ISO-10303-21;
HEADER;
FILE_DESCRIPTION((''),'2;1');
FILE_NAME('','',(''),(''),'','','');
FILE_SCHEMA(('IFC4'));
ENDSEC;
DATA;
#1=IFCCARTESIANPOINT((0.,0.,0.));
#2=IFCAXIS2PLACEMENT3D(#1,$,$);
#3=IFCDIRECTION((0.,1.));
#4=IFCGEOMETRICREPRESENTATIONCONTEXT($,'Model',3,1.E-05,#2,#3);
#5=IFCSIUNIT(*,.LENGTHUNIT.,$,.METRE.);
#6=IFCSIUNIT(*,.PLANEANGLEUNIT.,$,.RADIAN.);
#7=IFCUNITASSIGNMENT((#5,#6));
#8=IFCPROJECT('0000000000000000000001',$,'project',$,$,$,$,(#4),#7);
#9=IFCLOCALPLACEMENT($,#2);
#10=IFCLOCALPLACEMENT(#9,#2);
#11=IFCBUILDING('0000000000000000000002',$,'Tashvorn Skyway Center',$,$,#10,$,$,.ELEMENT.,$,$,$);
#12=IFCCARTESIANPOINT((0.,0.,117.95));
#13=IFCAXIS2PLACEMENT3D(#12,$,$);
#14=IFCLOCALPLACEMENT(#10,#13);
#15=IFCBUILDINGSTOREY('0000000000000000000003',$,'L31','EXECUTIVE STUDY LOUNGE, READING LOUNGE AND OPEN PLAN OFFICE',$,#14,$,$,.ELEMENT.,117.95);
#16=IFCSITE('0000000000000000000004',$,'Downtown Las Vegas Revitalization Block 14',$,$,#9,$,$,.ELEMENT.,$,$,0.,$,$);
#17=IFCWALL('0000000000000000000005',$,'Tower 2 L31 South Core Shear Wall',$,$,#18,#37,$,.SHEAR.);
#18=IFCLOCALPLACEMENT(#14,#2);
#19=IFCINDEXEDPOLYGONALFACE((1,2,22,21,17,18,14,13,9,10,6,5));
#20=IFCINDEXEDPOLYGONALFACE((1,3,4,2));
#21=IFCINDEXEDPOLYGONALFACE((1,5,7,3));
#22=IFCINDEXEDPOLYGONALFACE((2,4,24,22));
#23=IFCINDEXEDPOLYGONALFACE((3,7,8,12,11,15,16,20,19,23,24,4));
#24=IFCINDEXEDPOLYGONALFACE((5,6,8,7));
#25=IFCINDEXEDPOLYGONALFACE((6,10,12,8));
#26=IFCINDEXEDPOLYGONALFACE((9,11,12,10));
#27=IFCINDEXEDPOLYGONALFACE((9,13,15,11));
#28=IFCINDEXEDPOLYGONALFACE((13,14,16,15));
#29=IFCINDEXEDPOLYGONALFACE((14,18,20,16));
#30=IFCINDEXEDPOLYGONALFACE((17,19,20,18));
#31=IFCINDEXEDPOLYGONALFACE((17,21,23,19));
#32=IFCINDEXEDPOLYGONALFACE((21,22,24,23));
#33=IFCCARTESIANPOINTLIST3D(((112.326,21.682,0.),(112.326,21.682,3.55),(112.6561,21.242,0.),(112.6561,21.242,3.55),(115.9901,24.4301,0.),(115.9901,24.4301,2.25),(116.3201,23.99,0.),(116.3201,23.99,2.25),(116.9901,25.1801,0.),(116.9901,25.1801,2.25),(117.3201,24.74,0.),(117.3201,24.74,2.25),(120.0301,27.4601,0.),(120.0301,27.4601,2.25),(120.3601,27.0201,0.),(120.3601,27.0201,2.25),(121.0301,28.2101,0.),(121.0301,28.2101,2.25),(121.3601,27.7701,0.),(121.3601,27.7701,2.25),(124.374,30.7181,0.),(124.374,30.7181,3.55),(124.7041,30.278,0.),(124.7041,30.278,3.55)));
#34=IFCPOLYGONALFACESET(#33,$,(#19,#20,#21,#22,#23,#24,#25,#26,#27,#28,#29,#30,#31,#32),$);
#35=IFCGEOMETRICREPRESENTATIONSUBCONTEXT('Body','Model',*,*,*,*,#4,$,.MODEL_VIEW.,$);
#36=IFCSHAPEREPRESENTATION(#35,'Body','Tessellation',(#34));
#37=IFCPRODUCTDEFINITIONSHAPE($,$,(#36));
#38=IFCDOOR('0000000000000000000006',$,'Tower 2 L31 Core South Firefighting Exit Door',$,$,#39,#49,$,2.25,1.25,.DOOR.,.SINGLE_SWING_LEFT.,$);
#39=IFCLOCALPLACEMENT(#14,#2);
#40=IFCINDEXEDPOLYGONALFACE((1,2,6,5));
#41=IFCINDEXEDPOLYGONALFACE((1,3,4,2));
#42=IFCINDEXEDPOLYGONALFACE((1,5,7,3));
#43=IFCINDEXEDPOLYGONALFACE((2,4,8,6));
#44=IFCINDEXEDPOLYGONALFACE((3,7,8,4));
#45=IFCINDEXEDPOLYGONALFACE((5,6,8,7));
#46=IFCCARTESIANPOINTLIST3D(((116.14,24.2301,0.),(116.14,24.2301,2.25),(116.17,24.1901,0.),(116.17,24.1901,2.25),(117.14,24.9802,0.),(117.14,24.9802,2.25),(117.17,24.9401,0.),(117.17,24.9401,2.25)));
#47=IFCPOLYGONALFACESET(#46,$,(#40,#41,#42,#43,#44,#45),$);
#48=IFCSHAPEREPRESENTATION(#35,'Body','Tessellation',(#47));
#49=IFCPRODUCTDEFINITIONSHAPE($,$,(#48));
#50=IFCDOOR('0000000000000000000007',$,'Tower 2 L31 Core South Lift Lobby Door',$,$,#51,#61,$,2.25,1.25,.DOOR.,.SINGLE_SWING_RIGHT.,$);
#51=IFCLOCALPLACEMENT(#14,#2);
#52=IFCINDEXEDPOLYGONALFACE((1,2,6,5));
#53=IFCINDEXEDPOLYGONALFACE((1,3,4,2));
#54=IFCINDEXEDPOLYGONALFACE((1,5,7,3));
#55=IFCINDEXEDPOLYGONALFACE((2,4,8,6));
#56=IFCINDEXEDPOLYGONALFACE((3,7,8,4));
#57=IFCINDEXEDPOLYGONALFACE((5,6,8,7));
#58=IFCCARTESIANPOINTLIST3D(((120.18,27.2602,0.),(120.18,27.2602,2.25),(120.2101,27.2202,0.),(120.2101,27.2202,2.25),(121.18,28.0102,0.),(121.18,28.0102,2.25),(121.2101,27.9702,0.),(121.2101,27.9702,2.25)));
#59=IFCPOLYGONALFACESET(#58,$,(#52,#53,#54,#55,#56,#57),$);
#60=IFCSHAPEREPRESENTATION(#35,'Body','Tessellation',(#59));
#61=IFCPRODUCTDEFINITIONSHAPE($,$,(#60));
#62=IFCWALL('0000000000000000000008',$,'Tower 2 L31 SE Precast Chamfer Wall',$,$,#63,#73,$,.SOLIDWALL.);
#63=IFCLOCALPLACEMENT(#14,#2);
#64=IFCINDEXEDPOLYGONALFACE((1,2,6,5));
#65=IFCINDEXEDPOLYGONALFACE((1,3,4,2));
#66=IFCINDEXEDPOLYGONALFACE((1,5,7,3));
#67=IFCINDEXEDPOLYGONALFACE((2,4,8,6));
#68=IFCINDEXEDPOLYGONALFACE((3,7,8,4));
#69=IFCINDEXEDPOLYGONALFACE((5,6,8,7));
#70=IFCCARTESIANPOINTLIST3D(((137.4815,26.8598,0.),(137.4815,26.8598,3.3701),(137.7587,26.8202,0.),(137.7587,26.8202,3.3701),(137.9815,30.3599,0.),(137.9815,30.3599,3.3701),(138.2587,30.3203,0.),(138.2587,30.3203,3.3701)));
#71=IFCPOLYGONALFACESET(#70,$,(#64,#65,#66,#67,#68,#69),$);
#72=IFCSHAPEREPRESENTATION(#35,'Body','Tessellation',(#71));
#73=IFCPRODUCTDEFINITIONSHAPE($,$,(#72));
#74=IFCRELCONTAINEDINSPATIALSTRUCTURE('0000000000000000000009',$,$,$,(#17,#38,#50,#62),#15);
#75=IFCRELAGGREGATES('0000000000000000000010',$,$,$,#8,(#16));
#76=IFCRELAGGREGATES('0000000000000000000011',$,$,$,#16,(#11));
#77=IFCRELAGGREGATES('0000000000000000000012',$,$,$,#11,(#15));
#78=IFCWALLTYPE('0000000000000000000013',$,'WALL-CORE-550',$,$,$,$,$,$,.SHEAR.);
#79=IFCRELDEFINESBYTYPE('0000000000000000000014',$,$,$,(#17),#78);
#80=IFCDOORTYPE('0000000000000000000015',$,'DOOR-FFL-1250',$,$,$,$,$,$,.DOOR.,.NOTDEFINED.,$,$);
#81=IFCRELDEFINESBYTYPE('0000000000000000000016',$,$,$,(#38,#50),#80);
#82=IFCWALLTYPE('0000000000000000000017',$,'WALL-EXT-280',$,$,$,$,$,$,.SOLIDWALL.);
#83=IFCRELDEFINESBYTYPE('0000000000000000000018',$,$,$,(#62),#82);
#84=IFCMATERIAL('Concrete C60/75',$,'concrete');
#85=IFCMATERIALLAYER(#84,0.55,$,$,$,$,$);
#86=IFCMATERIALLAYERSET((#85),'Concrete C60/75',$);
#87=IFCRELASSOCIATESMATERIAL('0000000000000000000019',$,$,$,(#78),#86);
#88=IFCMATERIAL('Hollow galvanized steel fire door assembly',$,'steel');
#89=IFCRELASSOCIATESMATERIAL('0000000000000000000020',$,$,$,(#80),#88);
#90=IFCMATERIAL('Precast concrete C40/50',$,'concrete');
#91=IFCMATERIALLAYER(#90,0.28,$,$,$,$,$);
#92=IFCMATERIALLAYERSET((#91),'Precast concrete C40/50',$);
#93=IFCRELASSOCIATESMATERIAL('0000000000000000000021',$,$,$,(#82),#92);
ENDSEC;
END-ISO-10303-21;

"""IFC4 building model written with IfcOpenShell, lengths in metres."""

from ifc_helpers import new_model, si_unit, direction, frame, frame_2d, origin, place, context, subcontext, project, spatial, rectangle, extrude, material, layer, layer_set, type_object, element, fill, save


model = new_model("IFC4")

# Units and contexts
model_context = context("Model", 3, precision=1e-05, world=origin(), true_north=direction((0.0, 1.0)))
body_context = subcontext(model_context, "Body", "Model", "MODEL_VIEW")
ifc_project = project(units=[si_unit("LENGTHUNIT", "METRE"), si_unit("PLANEANGLEUNIT", "RADIAN")], contexts=[model_context])

# Site, building, storey
site_placement = place(None, origin())
site = spatial("IfcSite", under=ifc_project, at=site_placement, Name="Downtown Las Vegas Revitalization Block 14", CompositionType="ELEMENT", RefElevation=0.0)
building_placement = place(site_placement, origin())
building = spatial("IfcBuilding", under=site, at=building_placement, Name="Tashvorn Skyway Center", CompositionType="ELEMENT")
storey_placement = place(building_placement, frame((0.0, 0.0, 117.95)))
storey = spatial("IfcBuildingStorey", under=building, at=storey_placement, Name="L31", Description="EXECUTIVE STUDY LOUNGE, READING LOUNGE AND OPEN PLAN OFFICE", CompositionType="ELEMENT", Elevation=117.95)

# Wall, openings, doors
ifc_material_1 = material(Name="Concrete C60/75", Category="concrete")
ifc_layer_1 = layer(ifc_material_1, 0.55)
ifc_layer_set_1 = layer_set([ifc_layer_1], Name="Concrete C60/75")
wall_type_1 = type_object("IfcWallType", Name="WALL-CORE-550", PredefinedType="SHEAR", material=ifc_layer_set_1)
wall_1_placement = place(storey_placement, frame((124.5391, 30.498, 0.0), z_axis=(0.0, 0.0, 1.0), x_axis=(-0.799998, -0.600003, 0.0)))
wall_1 = element("IfcWall", 1, at=wall_1_placement, inside=storey, type_object=wall_type_1, Name="Tower 2 L31 South Core Shear Wall", PredefinedType="SHEAR", context=body_context, shape_type="SweptSolid", body=[
    extrude(rectangle(XDim=15.0601, YDim=0.55, at=frame_2d((7.53, 0.0))), origin(), (0.0, 0.0, 1.0), 3.55),
])
opening_1_placement = place(wall_1_placement, frame((9.23, 0.0, 0.0)))
opening_1 = element("IfcOpeningElement", 2, at=opening_1_placement, cuts=wall_1, PredefinedType="OPENING", context=body_context, shape_type="SweptSolid", body=[
    extrude(rectangle(XDim=1.25, YDim=2.25, at=frame_2d((0.625, 1.125))), frame((0.0, 0.2849, 0.0), z_axis=(0.0, -1.0, 0.0), x_axis=(1.0, 0.0, 0.0)), (0.0, 0.0, 1.0), 0.5701),
])
opening_2_placement = place(wall_1_placement, frame((4.1799, 0.0, 0.0)))
opening_2 = element("IfcOpeningElement", 3, at=opening_2_placement, cuts=wall_1, PredefinedType="OPENING", context=body_context, shape_type="SweptSolid", body=[
    extrude(rectangle(XDim=1.25, YDim=2.25, at=frame_2d((0.625, 1.125))), frame((0.0, 0.2849, 0.0), z_axis=(0.0, -1.0, 0.0), x_axis=(1.0, 0.0, 0.0)), (0.0, 0.0, 1.0), 0.5701),
])
ifc_material_2 = material(Name="Hollow galvanized steel fire door assembly", Category="steel")
door_type_1 = type_object("IfcDoorType", Name="DOOR-FFL-1250", OperationType="NOTDEFINED", PredefinedType="DOOR", material=ifc_material_2)
door_1_placement = place(opening_1_placement, origin())
door_1 = element("IfcDoor", 4, at=door_1_placement, inside=storey, type_object=door_type_1, Name="Tower 2 L31 Core South Firefighting Exit Door", OperationType="SINGLE_SWING_LEFT", OverallHeight=2.25, OverallWidth=1.25, PredefinedType="DOOR", context=body_context, shape_type="SweptSolid", body=[
    extrude(rectangle(XDim=1.25, YDim=2.25, at=frame_2d((0.625, 1.125))), frame((0.0, 0.0249, 0.0), z_axis=(0.0, -1.0, 0.0), x_axis=(1.0, 0.0, 0.0)), (0.0, 0.0, 1.0), 0.05),
])
fill(opening_1, door_1)
door_2_placement = place(opening_2_placement, origin())
door_2 = element("IfcDoor", 5, at=door_2_placement, inside=storey, type_object=door_type_1, Name="Tower 2 L31 Core South Lift Lobby Door", OperationType="SINGLE_SWING_RIGHT", OverallHeight=2.25, OverallWidth=1.25, PredefinedType="DOOR", context=body_context, shape_type="SweptSolid", body=[
    extrude(rectangle(XDim=1.25, YDim=2.25, at=frame_2d((0.625, 1.125))), frame((0.0, 0.0249, 0.0), z_axis=(0.0, -1.0, 0.0), x_axis=(1.0, 0.0, 0.0)), (0.0, 0.0, 1.0), 0.05),
])
fill(opening_2, door_2)

# Wall
ifc_material_3 = material(Name="Precast concrete C40/50", Category="concrete")
ifc_layer_2 = layer(ifc_material_3, 0.28)
ifc_layer_set_2 = layer_set([ifc_layer_2], Name="Precast concrete C40/50")
wall_type_2 = type_object("IfcWallType", Name="WALL-EXT-280", PredefinedType="SOLIDWALL", material=ifc_layer_set_2)
wall_2_placement = place(storey_placement, frame((138.1201, 30.3401, 0.0), z_axis=(0.0, 0.0, 1.0), x_axis=(-0.141421, -0.989949, 0.0)))
element("IfcWall", 6, at=wall_2_placement, inside=storey, type_object=wall_type_2, Name="Tower 2 L31 SE Precast Chamfer Wall", PredefinedType="SOLIDWALL", context=body_context, shape_type="SweptSolid", body=[
    extrude(rectangle(XDim=3.5356, YDim=0.28, at=frame_2d((1.7678, 0.0))), origin(), (0.0, 0.0, 1.0), 3.3701),
])

save(model, "model.ifc")
